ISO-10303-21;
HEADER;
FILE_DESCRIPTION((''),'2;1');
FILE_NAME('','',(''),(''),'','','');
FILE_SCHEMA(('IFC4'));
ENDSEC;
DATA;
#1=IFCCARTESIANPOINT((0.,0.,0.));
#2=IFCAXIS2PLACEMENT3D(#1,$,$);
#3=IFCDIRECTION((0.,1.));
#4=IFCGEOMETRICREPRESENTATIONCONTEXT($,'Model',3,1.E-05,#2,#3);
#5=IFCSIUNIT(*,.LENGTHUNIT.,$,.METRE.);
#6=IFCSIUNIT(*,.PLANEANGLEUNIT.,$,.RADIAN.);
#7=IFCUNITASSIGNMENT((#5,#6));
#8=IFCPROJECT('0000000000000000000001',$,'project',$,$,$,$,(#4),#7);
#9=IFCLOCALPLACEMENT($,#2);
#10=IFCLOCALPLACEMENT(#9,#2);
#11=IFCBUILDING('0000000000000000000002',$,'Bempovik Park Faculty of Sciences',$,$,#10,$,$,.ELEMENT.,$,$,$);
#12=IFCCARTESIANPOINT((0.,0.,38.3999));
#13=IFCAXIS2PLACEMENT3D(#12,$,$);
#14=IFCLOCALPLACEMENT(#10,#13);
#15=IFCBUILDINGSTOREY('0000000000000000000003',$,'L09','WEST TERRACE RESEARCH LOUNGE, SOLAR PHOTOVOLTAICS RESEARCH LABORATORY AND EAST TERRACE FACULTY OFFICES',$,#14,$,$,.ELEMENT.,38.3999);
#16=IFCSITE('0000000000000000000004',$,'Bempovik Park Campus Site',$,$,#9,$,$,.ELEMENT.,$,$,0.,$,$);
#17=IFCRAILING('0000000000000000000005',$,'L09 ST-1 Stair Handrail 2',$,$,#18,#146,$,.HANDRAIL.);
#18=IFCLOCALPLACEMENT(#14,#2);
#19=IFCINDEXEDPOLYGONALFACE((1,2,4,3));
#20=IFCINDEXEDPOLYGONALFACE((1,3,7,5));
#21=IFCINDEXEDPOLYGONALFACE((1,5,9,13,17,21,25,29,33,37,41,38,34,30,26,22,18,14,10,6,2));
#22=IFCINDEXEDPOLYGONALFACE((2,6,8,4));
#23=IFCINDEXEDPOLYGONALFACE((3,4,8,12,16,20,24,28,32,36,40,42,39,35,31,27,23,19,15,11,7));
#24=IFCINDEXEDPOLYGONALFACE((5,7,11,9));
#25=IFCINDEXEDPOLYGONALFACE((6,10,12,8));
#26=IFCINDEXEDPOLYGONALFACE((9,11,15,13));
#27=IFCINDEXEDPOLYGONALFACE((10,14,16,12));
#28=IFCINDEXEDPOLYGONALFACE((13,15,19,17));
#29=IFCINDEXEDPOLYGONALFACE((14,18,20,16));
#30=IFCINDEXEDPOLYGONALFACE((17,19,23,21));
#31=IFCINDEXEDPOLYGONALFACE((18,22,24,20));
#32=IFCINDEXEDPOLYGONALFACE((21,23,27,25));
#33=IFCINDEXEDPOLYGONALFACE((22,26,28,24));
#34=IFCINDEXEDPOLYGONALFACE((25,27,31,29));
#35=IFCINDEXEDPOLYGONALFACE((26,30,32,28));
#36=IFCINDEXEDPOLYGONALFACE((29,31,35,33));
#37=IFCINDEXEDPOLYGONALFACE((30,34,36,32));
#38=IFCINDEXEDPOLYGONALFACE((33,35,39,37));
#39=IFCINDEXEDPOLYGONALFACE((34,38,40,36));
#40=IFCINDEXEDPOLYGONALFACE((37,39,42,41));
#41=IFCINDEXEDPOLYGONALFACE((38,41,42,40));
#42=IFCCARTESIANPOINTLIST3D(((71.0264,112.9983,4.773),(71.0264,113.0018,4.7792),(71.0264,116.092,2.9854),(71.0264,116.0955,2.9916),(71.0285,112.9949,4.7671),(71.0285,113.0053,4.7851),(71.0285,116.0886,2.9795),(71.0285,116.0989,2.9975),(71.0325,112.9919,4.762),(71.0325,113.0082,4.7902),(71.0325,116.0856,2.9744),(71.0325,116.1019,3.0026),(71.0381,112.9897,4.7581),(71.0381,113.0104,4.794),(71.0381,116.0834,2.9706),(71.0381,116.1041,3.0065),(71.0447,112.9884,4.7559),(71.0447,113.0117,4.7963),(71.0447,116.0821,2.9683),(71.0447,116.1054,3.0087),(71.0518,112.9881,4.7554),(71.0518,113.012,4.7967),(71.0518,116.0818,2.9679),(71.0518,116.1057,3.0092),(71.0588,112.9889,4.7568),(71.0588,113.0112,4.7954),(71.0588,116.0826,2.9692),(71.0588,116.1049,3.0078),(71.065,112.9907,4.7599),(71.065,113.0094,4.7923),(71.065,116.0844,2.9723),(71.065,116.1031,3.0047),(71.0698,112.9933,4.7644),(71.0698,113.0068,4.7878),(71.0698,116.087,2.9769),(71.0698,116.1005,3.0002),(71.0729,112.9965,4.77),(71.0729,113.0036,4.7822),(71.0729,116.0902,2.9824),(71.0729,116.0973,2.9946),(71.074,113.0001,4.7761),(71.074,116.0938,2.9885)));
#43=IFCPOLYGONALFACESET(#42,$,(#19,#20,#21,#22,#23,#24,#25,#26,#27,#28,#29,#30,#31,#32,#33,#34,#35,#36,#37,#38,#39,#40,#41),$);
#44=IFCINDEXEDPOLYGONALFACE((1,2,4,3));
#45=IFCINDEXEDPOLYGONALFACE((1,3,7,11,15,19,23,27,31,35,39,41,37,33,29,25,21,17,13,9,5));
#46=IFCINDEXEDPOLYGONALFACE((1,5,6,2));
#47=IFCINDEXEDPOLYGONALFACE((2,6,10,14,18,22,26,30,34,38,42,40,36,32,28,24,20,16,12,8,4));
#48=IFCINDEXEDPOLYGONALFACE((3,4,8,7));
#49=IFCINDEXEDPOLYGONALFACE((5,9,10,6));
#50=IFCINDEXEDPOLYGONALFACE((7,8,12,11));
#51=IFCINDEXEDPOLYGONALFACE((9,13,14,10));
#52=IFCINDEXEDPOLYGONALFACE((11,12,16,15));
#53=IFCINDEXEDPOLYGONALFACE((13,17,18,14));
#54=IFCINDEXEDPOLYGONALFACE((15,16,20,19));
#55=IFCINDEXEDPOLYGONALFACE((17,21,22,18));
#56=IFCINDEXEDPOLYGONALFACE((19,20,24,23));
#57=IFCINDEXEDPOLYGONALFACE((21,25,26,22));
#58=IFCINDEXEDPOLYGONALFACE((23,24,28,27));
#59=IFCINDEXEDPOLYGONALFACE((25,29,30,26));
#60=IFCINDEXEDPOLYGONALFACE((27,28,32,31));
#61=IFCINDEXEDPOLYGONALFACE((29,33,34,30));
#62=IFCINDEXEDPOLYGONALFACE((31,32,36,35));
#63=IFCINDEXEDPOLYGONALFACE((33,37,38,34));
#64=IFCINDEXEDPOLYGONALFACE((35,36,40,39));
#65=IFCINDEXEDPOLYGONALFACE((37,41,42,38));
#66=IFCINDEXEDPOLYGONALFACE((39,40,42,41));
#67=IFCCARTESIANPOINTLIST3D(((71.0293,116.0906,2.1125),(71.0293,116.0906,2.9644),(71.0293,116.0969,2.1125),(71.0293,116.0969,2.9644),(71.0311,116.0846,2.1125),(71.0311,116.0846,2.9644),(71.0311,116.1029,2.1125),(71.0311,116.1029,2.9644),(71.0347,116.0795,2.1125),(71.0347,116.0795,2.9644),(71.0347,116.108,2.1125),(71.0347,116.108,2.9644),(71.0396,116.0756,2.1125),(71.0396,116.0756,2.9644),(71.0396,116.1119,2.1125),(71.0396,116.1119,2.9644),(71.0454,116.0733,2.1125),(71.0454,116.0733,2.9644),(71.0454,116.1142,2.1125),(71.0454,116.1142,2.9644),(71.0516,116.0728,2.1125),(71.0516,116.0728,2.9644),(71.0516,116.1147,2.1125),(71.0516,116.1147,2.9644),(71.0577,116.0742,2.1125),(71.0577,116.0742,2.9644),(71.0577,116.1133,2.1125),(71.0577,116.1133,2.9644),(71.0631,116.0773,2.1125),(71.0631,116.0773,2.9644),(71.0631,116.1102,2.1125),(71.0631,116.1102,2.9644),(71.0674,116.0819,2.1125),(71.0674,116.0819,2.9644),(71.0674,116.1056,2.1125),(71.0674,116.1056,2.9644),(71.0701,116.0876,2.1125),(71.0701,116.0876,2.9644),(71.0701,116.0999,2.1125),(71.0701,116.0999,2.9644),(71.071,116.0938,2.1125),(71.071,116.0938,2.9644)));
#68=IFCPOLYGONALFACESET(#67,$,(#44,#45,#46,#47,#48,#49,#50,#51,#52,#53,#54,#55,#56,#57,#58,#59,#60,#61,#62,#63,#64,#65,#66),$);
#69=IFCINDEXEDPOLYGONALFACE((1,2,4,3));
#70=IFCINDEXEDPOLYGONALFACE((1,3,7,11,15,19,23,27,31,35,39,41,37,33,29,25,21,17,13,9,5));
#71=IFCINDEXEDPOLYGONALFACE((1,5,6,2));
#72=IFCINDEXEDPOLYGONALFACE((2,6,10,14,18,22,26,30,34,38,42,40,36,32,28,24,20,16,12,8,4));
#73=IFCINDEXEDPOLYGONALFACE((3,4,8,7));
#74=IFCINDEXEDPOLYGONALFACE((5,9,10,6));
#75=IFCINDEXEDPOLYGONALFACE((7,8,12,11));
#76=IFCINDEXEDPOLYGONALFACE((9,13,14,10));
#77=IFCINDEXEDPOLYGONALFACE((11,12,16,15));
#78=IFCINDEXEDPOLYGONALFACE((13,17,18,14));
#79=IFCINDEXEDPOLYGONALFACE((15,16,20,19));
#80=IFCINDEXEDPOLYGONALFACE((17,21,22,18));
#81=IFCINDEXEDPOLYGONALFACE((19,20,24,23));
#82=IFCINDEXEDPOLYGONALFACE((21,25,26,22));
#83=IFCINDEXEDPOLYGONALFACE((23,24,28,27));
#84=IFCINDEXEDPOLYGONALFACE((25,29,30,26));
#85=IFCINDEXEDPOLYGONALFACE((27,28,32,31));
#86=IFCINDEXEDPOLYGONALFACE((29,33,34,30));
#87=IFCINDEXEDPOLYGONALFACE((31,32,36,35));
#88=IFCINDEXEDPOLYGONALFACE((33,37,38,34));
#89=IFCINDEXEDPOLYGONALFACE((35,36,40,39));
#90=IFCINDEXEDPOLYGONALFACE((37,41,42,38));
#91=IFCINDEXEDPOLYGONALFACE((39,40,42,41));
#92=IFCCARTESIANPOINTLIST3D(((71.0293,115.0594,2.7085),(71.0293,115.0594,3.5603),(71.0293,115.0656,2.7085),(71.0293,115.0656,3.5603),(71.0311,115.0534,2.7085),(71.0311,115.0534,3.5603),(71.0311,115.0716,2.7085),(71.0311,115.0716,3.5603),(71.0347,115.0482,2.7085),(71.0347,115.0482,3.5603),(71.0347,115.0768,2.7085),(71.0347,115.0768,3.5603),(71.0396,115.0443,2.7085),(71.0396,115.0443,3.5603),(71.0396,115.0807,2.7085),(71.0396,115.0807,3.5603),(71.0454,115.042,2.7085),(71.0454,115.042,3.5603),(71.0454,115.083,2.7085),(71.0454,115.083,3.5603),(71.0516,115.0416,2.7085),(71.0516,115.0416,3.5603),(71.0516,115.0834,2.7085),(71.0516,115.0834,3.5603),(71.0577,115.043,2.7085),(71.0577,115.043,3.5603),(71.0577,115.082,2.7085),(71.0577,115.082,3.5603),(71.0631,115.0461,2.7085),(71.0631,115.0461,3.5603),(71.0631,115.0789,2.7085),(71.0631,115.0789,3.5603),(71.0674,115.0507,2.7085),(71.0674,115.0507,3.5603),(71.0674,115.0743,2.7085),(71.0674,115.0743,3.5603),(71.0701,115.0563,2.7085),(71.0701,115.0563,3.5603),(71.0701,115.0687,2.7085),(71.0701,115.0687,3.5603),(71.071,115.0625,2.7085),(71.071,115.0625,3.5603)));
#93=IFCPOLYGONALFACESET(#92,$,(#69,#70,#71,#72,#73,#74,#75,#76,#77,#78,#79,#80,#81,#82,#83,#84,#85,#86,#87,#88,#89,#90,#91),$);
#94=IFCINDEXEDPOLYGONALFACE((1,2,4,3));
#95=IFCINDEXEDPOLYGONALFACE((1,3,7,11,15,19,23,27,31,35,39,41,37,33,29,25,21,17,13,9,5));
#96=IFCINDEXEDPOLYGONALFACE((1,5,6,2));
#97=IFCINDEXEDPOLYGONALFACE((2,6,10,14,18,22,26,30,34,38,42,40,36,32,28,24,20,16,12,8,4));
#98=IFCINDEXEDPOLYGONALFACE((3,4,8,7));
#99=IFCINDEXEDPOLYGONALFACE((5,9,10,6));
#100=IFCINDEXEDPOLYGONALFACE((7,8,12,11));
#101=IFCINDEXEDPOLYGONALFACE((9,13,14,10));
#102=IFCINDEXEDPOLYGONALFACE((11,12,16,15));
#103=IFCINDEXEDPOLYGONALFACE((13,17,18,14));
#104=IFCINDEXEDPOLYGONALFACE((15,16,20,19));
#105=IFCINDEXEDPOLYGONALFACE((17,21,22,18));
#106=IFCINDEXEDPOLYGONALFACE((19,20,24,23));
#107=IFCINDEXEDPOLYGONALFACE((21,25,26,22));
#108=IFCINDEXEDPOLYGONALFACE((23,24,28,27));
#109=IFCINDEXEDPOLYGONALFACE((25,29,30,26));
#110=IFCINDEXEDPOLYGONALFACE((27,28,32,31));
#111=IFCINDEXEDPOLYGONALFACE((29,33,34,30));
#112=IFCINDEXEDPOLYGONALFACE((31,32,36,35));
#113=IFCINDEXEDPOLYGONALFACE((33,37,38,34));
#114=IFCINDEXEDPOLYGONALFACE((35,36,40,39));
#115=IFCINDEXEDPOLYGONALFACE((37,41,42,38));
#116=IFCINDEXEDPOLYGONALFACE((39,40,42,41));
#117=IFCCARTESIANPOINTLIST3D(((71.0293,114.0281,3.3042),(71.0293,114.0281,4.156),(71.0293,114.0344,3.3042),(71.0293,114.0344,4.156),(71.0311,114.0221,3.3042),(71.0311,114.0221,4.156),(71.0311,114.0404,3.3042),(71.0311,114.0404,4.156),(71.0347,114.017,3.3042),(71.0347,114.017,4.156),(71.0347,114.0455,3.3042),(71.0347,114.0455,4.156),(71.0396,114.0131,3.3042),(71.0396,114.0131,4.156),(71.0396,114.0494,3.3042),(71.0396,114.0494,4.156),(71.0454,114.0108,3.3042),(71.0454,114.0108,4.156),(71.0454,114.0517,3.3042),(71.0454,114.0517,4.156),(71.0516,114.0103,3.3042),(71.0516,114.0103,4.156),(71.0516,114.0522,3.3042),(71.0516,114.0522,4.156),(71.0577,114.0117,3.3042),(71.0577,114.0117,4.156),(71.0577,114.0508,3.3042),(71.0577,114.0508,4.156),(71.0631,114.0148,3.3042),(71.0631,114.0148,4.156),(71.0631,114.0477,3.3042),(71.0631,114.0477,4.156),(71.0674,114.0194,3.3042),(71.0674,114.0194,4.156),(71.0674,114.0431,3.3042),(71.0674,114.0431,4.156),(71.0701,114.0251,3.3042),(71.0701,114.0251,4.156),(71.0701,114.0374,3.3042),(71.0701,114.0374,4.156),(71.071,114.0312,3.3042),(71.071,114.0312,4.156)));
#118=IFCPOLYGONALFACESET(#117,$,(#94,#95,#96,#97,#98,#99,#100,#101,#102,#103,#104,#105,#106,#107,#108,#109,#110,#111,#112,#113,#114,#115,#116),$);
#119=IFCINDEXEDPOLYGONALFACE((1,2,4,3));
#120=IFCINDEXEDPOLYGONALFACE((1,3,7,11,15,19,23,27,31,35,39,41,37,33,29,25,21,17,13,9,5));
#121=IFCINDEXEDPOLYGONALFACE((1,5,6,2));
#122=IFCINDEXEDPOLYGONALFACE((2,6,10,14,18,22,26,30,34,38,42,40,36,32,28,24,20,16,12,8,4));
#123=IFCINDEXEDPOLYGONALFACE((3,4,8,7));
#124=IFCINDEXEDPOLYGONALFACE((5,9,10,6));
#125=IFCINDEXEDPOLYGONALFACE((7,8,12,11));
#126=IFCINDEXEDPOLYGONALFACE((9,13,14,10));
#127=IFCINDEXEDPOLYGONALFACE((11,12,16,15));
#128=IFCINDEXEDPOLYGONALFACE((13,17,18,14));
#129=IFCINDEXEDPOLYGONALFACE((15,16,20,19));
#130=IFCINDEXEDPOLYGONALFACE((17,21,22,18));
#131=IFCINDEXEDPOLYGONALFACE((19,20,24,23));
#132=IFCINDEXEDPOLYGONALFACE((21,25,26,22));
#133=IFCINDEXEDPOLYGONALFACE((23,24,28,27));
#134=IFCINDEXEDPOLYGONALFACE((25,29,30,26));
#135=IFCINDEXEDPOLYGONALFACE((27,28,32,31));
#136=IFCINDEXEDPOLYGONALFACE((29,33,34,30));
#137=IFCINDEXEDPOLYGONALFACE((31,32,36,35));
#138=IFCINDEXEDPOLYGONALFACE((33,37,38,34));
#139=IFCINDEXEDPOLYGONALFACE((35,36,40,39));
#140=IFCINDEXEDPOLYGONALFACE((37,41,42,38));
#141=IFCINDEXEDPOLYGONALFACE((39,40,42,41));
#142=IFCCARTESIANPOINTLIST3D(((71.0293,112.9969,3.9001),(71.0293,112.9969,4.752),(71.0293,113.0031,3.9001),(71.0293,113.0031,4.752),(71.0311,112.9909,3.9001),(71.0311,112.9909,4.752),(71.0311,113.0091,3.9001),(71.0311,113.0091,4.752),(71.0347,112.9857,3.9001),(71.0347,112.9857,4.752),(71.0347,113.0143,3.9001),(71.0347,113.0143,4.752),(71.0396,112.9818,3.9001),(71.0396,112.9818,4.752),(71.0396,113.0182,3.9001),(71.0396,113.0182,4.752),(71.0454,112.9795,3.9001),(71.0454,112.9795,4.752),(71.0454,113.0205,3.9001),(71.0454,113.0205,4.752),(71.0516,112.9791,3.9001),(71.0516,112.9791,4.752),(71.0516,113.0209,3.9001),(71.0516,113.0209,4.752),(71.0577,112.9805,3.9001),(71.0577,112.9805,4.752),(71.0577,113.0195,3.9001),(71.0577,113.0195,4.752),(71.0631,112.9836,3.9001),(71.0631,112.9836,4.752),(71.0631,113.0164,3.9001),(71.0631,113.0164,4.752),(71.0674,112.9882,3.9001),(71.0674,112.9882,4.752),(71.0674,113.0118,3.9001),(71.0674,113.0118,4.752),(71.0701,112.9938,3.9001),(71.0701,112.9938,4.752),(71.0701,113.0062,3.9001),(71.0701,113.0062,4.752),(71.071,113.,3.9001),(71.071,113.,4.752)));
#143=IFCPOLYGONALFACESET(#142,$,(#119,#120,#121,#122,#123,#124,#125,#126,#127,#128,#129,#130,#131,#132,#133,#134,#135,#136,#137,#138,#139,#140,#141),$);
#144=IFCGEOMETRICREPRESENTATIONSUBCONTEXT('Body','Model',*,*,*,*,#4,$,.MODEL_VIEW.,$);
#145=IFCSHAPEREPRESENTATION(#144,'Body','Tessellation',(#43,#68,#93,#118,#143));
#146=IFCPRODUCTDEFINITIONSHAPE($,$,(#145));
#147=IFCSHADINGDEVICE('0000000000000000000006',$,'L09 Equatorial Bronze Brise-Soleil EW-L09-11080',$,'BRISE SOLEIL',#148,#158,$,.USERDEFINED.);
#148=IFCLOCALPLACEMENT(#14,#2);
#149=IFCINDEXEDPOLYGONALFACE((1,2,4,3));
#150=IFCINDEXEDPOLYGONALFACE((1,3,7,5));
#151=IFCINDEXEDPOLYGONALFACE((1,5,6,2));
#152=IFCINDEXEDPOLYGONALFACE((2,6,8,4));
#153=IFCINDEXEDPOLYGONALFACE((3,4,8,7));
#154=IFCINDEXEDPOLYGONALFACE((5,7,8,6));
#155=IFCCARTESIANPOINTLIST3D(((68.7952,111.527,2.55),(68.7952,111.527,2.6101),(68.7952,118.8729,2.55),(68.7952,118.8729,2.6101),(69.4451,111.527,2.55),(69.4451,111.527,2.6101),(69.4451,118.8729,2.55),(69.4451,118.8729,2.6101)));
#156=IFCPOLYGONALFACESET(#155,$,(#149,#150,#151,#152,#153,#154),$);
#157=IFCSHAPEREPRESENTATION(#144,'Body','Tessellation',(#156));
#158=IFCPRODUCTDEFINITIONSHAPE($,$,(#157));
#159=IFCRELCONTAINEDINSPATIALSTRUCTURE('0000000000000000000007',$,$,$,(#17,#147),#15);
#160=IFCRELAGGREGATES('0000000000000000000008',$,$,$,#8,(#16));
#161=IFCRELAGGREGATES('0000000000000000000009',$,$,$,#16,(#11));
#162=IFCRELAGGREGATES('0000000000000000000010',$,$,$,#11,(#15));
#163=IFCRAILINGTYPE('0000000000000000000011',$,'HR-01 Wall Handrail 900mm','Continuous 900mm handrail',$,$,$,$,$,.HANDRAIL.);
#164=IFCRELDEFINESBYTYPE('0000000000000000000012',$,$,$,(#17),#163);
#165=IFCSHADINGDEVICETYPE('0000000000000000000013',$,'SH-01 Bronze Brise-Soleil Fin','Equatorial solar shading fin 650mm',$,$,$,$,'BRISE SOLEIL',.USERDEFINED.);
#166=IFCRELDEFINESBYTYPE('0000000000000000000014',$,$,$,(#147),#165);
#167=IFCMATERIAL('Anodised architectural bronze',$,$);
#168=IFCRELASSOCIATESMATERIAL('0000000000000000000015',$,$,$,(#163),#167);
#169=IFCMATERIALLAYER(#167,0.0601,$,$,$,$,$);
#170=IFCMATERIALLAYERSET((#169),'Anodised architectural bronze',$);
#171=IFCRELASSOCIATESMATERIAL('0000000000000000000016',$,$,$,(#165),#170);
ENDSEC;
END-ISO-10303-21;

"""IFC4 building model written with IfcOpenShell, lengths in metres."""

from ifc_helpers import new_model, si_unit, direction, frame, origin, origin_2d, place, context, subcontext, project, spatial, rectangle, circle, extrude, material, layer, layer_set, type_object, element, save


model = new_model("IFC4")

# Units and contexts
model_context = context("Model", 3, precision=1e-05, world=origin(), true_north=direction((0.0, 1.0)))
body_context = subcontext(model_context, "Body", "Model", "MODEL_VIEW")
ifc_project = project(units=[si_unit("LENGTHUNIT", "METRE"), si_unit("PLANEANGLEUNIT", "RADIAN")], contexts=[model_context])

# Site, building, storey
site_placement = place(None, origin())
site = spatial("IfcSite", under=ifc_project, at=site_placement, Name="Bempovik Park Campus Site", CompositionType="ELEMENT", RefElevation=0.0)
building_placement = place(site_placement, origin())
building = spatial("IfcBuilding", under=site, at=building_placement, Name="Bempovik Park Faculty of Sciences", CompositionType="ELEMENT")
storey_placement = place(building_placement, frame((0.0, 0.0, 38.3999)))
storey = spatial("IfcBuildingStorey", under=building, at=storey_placement, Name="L09", Description="WEST TERRACE RESEARCH LOUNGE, SOLAR PHOTOVOLTAICS RESEARCH LABORATORY AND EAST TERRACE FACULTY OFFICES", CompositionType="ELEMENT", Elevation=38.3999)

# Railing
ifc_material_1 = material(Name="Anodised architectural bronze")
railing_type_1 = type_object("IfcRailingType", Name="HR-01 Wall Handrail 900mm", Description="Continuous 900mm handrail", PredefinedType="HANDRAIL", material=ifc_material_1)
railing_1_placement = place(storey_placement, frame((71.05, 116.0938, 2.1125)))
element("IfcRailing", 1, at=railing_1_placement, inside=storey, type_object=railing_type_1, Name="L09 ST-1 Stair Handrail 2", PredefinedType="HANDRAIL", context=body_context, shape_type="SweptSolid", body=[
    extrude(circle(Radius=0.0239, at=origin_2d()), frame((0.0, 0.0, 0.876), z_axis=(0.0, -0.865853, 0.500298), x_axis=(1.0, 0.0, 0.0)), (0.0, 0.0, 1.0), 3.573),
    extrude(circle(Radius=0.021, at=origin_2d()), origin(), (0.0, 0.0, 1.0), 0.8518),
    extrude(circle(Radius=0.021, at=origin_2d()), frame((0.0, -1.0312, 0.5959)), (0.0, 0.0, 1.0), 0.8518),
    extrude(circle(Radius=0.021, at=origin_2d()), frame((0.0, -2.0625, 1.1917)), (0.0, 0.0, 1.0), 0.8518),
    extrude(circle(Radius=0.021, at=origin_2d()), frame((0.0, -3.0938, 1.7876)), (0.0, 0.0, 1.0), 0.8518),
])

# Shading device
ifc_layer_1 = layer(ifc_material_1, 0.0601)
ifc_layer_set_1 = layer_set([ifc_layer_1], Name="Anodised architectural bronze")
shading_device_type = type_object("IfcShadingDeviceType", Name="SH-01 Bronze Brise-Soleil Fin", Description="Equatorial solar shading fin 650mm", ElementType="BRISE SOLEIL", PredefinedType="USERDEFINED", material=ifc_layer_set_1)
shading_device_placement = place(storey_placement, frame((69.1201, 115.2, 2.55), z_axis=(0.0, 0.0, 1.0), x_axis=(1.0, 0.0, 0.0)))
element("IfcShadingDevice", 2, at=shading_device_placement, inside=storey, type_object=shading_device_type, Name="L09 Equatorial Bronze Brise-Soleil EW-L09-11080", ObjectType="BRISE SOLEIL", PredefinedType="USERDEFINED", context=body_context, shape_type="SweptSolid", body=[
    extrude(rectangle(XDim=0.6499, YDim=7.3459, at=origin_2d()), origin(), (0.0, 0.0, 1.0), 0.0601),
])

save(model, "model.ifc")
